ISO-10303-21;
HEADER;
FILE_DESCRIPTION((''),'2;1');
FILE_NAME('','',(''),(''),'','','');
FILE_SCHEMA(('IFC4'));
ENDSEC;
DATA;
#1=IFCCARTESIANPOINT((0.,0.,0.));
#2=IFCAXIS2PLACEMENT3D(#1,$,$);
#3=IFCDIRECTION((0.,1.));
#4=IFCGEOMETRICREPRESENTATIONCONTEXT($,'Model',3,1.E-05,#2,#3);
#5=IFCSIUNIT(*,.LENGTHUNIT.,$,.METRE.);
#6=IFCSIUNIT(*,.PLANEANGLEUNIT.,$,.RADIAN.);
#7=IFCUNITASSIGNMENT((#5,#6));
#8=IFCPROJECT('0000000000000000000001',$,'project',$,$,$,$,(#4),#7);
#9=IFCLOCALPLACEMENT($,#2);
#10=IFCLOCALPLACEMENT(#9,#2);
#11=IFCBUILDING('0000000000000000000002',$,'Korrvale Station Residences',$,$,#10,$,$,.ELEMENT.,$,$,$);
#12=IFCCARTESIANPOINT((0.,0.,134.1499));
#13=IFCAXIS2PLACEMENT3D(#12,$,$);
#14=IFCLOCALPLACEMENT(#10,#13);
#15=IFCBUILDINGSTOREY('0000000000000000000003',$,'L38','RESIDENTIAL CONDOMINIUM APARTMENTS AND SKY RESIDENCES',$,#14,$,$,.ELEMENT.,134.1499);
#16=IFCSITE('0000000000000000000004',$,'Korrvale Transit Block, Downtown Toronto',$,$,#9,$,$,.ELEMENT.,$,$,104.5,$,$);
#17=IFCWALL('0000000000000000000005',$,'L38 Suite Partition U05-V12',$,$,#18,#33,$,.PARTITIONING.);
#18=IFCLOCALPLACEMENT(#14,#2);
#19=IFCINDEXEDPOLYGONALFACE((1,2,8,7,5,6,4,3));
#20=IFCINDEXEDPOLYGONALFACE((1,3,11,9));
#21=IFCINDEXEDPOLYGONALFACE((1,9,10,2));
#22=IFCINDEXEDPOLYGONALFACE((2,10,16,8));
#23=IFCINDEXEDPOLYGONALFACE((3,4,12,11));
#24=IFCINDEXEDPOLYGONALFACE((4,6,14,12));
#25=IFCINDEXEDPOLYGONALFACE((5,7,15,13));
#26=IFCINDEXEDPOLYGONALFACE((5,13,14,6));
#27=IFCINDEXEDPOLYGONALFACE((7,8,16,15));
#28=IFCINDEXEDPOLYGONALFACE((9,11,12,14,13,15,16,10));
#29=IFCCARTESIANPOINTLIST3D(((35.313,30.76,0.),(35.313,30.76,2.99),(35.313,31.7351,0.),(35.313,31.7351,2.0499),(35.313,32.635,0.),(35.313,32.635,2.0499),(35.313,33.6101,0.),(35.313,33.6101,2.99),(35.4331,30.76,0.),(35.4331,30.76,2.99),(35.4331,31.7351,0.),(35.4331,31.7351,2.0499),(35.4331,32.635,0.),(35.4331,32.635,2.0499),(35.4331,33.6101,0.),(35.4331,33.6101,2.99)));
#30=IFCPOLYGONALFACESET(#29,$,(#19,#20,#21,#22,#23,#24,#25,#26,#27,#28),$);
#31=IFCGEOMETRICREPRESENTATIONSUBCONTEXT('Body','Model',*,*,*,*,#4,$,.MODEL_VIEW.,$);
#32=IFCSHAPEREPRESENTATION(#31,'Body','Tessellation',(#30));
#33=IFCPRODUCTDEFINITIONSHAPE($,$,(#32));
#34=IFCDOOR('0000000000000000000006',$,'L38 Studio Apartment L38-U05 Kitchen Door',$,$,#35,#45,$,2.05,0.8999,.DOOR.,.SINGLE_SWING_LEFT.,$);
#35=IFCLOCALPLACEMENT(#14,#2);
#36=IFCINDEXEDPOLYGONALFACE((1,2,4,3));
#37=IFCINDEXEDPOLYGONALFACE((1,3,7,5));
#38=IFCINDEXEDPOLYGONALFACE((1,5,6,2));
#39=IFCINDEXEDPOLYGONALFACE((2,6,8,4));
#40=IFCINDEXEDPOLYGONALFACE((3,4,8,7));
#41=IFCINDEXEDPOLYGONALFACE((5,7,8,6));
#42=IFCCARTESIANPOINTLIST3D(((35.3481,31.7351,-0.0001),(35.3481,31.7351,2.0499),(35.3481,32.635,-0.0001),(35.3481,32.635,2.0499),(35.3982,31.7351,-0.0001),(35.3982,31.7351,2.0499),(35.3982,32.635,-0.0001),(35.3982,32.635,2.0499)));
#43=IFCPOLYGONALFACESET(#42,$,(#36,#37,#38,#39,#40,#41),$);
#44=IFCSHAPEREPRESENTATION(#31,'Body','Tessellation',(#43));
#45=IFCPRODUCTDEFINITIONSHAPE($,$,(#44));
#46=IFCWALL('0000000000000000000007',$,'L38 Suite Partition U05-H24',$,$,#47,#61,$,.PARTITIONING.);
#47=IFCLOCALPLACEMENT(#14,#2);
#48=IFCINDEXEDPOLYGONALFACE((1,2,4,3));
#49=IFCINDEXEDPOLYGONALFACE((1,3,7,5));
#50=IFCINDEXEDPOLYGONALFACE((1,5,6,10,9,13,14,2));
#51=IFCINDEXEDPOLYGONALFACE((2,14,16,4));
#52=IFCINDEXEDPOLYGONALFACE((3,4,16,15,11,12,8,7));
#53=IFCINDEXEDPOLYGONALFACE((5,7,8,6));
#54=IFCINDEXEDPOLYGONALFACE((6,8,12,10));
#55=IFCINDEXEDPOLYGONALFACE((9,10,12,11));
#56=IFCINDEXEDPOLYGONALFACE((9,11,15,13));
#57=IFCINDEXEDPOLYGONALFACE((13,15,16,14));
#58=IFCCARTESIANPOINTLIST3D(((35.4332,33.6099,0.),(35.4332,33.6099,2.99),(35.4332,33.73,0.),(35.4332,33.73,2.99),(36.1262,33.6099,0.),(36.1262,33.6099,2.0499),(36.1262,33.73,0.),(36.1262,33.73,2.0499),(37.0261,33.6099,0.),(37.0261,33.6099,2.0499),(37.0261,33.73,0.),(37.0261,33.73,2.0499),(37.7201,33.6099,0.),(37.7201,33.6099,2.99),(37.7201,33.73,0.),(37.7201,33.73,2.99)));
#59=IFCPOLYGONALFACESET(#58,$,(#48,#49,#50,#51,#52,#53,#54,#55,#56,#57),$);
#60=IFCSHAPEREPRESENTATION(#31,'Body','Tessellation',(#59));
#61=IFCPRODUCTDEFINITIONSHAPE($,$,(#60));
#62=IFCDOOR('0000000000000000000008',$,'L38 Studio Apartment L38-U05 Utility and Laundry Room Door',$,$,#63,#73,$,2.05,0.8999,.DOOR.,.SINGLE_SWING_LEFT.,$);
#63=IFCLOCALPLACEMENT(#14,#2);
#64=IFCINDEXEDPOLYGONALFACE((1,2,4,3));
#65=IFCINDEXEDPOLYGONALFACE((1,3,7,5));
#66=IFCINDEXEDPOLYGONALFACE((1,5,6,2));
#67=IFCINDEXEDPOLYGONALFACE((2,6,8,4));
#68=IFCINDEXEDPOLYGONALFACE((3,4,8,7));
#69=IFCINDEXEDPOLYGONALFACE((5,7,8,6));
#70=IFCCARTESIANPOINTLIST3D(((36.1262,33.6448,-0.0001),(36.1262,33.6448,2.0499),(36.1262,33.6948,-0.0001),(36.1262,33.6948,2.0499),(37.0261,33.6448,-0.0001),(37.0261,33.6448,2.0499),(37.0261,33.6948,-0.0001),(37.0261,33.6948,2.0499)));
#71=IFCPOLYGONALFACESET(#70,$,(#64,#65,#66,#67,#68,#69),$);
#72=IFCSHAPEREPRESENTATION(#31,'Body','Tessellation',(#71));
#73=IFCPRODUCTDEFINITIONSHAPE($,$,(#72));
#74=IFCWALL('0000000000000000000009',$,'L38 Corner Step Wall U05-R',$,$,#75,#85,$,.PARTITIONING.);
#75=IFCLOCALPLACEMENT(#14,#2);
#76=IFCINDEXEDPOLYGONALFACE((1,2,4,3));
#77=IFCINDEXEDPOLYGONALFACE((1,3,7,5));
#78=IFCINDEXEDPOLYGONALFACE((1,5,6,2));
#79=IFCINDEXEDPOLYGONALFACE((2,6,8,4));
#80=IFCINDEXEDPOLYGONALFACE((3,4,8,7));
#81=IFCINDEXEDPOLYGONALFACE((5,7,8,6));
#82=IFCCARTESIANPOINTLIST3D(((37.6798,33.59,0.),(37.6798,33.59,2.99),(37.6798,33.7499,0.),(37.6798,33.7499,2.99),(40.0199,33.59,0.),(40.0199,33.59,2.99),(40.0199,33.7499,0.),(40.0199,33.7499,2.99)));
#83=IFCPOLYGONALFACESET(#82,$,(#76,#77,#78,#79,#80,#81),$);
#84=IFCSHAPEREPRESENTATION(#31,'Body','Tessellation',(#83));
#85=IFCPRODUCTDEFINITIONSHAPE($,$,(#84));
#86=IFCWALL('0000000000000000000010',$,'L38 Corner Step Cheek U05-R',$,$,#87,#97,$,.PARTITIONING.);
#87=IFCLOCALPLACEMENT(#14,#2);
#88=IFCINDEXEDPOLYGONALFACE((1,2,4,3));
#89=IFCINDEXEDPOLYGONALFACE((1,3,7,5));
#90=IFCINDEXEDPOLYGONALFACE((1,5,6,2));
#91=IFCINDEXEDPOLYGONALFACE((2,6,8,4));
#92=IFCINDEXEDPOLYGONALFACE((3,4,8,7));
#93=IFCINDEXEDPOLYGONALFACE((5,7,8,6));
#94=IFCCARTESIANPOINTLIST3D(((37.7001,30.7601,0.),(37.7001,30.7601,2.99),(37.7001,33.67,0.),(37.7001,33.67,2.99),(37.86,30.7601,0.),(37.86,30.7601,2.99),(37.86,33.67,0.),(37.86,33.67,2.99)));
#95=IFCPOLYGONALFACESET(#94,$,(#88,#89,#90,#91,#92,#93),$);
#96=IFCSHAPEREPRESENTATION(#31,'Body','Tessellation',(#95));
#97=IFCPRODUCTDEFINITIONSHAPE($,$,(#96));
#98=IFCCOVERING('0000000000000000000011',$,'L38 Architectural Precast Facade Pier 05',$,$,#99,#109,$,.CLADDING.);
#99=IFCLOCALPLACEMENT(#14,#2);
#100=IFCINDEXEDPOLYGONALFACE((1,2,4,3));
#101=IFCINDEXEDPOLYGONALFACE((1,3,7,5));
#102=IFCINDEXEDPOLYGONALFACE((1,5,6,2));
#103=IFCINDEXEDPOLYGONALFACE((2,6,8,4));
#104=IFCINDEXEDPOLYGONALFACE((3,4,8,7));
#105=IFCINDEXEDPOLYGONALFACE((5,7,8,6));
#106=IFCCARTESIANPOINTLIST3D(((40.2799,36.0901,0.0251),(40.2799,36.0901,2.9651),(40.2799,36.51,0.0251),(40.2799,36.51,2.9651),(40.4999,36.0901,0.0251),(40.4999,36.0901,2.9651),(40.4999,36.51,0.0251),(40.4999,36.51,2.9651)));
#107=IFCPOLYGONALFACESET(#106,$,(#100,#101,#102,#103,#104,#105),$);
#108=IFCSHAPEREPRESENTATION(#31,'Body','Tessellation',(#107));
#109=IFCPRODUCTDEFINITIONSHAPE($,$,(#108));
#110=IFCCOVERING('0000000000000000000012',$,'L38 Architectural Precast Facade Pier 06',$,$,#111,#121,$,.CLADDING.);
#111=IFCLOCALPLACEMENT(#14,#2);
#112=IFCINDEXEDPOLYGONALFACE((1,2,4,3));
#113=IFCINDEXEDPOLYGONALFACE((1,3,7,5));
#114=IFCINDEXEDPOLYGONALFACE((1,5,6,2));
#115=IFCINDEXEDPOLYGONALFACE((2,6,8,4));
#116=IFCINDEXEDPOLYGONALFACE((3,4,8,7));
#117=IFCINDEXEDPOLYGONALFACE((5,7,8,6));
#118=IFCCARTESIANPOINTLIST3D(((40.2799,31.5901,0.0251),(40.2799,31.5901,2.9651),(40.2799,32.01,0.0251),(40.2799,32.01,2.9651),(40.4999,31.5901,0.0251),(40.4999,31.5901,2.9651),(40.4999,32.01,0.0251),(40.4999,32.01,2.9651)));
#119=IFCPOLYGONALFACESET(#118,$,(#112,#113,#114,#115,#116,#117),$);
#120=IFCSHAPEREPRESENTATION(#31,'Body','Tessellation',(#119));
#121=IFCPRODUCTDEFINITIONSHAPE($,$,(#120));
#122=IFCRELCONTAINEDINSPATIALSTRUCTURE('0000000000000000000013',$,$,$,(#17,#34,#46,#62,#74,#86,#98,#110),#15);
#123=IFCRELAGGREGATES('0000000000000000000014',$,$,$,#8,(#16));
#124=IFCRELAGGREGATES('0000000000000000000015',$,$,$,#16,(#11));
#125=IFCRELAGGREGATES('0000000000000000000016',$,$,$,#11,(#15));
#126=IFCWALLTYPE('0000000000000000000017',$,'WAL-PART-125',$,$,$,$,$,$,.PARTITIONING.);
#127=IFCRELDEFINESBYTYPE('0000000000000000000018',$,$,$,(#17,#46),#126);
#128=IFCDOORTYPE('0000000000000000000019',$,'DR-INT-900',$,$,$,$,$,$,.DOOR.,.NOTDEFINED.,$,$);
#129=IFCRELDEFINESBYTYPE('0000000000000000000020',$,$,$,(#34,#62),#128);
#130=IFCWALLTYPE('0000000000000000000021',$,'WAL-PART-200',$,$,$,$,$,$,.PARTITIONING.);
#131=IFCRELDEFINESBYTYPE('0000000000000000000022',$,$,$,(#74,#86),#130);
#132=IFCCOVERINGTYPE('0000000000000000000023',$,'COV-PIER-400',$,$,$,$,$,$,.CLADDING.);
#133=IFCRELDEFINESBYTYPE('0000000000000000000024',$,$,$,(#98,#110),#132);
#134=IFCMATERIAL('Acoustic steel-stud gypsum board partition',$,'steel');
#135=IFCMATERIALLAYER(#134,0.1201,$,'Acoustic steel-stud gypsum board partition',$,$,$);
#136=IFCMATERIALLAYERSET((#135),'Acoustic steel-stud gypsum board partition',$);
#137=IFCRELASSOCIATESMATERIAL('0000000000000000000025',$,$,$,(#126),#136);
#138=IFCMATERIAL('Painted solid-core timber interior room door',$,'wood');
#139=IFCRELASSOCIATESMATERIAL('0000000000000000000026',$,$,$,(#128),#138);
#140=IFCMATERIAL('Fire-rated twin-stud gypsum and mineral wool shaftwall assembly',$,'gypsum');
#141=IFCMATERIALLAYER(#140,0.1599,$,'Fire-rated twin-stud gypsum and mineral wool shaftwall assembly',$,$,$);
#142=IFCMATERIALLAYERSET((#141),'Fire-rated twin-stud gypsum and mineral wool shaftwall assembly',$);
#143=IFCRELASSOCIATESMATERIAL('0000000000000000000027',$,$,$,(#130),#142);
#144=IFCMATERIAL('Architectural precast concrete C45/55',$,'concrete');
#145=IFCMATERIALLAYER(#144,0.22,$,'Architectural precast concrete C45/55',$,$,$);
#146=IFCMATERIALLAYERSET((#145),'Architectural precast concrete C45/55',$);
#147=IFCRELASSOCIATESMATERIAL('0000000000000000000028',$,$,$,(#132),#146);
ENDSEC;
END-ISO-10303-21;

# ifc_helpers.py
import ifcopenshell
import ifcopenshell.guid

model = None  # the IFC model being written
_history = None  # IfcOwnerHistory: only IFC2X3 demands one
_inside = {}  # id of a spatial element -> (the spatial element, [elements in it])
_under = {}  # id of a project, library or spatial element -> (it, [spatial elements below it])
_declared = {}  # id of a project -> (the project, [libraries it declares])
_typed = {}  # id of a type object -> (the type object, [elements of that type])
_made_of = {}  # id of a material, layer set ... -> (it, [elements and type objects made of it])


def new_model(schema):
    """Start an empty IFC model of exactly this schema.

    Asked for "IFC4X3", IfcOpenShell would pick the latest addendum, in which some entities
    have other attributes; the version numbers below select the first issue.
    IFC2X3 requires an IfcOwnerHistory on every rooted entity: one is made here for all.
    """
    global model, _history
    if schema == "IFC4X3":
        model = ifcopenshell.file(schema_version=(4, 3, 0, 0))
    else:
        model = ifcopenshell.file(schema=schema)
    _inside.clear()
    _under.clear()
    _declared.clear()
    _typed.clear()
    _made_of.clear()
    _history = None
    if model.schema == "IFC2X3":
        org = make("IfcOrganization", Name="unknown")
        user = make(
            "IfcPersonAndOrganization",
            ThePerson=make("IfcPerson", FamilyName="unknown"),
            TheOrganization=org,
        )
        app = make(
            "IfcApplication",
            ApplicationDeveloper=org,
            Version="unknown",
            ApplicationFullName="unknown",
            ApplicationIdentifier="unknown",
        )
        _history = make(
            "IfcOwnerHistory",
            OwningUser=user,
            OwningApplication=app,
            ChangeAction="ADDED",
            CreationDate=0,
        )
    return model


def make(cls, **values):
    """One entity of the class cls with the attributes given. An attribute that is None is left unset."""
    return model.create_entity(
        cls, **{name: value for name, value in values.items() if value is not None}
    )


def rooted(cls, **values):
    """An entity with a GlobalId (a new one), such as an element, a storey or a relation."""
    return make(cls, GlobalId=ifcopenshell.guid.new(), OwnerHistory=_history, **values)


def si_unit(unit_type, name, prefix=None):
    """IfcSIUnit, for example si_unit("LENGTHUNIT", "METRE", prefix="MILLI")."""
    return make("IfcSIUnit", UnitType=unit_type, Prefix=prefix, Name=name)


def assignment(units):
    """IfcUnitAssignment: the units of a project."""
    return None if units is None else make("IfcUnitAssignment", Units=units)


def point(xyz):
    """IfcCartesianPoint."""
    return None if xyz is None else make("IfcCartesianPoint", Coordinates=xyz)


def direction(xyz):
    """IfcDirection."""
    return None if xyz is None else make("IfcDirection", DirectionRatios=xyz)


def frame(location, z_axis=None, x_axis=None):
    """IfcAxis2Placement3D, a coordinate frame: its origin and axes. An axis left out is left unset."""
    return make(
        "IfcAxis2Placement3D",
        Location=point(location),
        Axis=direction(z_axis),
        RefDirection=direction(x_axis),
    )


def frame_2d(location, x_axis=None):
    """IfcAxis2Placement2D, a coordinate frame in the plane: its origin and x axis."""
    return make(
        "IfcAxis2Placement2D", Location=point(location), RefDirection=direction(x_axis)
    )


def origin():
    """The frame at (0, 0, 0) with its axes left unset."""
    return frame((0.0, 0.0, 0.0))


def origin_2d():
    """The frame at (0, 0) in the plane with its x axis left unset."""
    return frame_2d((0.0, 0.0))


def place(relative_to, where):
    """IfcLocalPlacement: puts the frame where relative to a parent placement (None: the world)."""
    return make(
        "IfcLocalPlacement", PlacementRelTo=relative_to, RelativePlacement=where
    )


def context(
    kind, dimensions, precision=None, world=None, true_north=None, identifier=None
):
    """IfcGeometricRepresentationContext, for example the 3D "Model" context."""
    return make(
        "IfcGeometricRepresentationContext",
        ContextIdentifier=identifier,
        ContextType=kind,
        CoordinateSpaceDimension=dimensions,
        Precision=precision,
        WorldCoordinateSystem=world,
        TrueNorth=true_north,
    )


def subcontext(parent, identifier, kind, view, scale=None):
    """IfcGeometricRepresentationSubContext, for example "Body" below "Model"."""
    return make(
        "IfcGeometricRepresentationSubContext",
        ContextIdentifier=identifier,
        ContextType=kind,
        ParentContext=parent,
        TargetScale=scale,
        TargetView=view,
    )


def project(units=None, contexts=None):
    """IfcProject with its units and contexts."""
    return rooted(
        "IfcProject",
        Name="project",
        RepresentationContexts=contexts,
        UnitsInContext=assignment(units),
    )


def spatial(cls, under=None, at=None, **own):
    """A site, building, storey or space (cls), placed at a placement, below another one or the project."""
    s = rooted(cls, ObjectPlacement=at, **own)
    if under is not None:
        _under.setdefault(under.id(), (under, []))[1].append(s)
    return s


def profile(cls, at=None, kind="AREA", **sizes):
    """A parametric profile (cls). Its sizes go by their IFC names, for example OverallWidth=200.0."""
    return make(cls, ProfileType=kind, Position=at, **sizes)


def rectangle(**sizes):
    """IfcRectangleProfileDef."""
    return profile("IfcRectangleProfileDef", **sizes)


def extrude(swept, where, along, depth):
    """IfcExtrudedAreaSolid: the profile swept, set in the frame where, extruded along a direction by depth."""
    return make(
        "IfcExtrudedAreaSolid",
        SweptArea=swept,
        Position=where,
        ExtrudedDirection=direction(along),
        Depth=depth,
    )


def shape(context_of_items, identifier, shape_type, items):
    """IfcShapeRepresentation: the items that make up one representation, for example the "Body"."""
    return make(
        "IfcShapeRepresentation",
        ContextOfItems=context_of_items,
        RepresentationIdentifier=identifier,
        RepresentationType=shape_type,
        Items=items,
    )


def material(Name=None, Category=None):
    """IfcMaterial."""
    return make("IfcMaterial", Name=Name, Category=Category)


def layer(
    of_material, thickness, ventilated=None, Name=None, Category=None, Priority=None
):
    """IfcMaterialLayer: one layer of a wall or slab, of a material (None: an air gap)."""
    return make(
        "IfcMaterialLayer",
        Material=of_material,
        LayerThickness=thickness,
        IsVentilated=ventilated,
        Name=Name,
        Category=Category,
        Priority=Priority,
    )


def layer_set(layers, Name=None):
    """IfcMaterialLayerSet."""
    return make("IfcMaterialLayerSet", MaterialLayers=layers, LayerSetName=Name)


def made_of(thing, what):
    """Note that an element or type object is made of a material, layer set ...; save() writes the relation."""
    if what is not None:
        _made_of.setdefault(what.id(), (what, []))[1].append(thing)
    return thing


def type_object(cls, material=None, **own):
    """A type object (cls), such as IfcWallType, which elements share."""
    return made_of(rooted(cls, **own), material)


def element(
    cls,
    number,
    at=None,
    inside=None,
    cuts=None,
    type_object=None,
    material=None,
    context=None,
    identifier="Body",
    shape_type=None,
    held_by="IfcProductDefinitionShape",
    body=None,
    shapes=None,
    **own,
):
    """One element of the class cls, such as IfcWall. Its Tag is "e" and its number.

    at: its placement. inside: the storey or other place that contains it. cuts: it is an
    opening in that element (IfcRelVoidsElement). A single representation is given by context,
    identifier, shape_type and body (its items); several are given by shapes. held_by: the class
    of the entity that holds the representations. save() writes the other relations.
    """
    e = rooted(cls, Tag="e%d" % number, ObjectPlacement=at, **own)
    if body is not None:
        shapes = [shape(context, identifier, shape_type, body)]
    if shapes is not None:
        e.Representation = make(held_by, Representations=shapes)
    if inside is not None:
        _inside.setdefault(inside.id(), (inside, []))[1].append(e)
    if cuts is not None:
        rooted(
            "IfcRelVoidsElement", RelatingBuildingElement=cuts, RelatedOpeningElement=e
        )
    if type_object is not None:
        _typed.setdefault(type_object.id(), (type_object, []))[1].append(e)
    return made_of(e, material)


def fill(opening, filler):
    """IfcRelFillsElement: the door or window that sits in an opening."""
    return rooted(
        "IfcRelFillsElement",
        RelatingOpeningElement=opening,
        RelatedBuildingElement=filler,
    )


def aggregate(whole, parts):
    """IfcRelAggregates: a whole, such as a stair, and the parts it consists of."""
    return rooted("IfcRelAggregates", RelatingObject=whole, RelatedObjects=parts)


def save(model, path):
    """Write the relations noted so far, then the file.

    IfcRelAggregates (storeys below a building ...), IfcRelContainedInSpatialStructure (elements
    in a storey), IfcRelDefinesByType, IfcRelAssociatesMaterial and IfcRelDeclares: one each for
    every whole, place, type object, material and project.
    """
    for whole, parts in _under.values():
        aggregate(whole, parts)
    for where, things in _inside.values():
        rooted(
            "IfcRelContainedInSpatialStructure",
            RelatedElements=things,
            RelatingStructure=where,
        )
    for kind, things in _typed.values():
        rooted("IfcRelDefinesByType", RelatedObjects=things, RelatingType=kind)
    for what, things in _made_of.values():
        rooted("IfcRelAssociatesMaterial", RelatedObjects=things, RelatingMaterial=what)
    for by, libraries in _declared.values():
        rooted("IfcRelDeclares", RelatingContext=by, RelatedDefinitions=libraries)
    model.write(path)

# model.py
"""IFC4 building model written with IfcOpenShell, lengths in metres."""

from ifc_helpers import new_model, si_unit, direction, frame, frame_2d, origin, origin_2d, place, context, subcontext, project, spatial, rectangle, extrude, material, layer, layer_set, type_object, element, fill, save


model = new_model("IFC4")

# Units and contexts
model_context = context("Model", 3, precision=1e-05, world=origin(), true_north=direction((0.0, 1.0)))
body_context = subcontext(model_context, "Body", "Model", "MODEL_VIEW")
ifc_project = project(units=[si_unit("LENGTHUNIT", "METRE"), si_unit("PLANEANGLEUNIT", "RADIAN")], contexts=[model_context])

# Site, building, storey
site_placement = place(None, origin())
site = spatial("IfcSite", under=ifc_project, at=site_placement, Name="Korrvale Transit Block, Downtown Toronto", CompositionType="ELEMENT", RefElevation=104.5)
building_placement = place(site_placement, origin())
building = spatial("IfcBuilding", under=site, at=building_placement, Name="Korrvale Station Residences", CompositionType="ELEMENT")
storey_placement = place(building_placement, frame((0.0, 0.0, 134.1499)))
storey = spatial("IfcBuildingStorey", under=building, at=storey_placement, Name="L38", Description="RESIDENTIAL CONDOMINIUM APARTMENTS AND SKY RESIDENCES", CompositionType="ELEMENT", Elevation=134.1499)

# Walls, openings, doors
ifc_material_1 = material(Name="Acoustic steel-stud gypsum board partition", Category="steel")
ifc_layer_1 = layer(ifc_material_1, 0.1201, Name="Acoustic steel-stud gypsum board partition")
ifc_layer_set_1 = layer_set([ifc_layer_1], Name="Acoustic steel-stud gypsum board partition")
wall_type_1 = type_object("IfcWallType", Name="WAL-PART-125", PredefinedType="PARTITIONING", material=ifc_layer_set_1)
wall_1_placement = place(storey_placement, frame((35.373, 30.76, 0.0), z_axis=(0.0, 0.0, 1.0), x_axis=(0.0, 1.0, 0.0)))
wall_1 = element("IfcWall", 1, at=wall_1_placement, inside=storey, type_object=wall_type_1, Name="L38 Suite Partition U05-V12", PredefinedType="PARTITIONING", context=body_context, shape_type="SweptSolid", body=[
    extrude(rectangle(XDim=2.8501, YDim=0.1201, at=frame_2d((1.425, 0.0))), origin(), (0.0, 0.0, 1.0), 2.99),
])
opening_1_placement = place(wall_1_placement, frame((0.9751, 0.0, 0.0)))
opening_1 = element("IfcOpeningElement", 2, at=opening_1_placement, cuts=wall_1, PredefinedType="OPENING", context=body_context, shape_type="SweptSolid", body=[
    extrude(rectangle(XDim=0.8999, YDim=2.05, at=frame_2d((0.45, 1.0249))), frame((0.0, 0.0701, 0.0), z_axis=(0.0, -1.0, 0.0), x_axis=(1.0, 0.0, 0.0)), (0.0, 0.0, 1.0), 0.1401),
])
ifc_material_2 = material(Name="Painted solid-core timber interior room door", Category="wood")
door_type = type_object("IfcDoorType", Name="DR-INT-900", OperationType="NOTDEFINED", PredefinedType="DOOR", material=ifc_material_2)
door_1_placement = place(opening_1_placement, origin())
door_1 = element("IfcDoor", 3, at=door_1_placement, inside=storey, type_object=door_type, Name="L38 Studio Apartment L38-U05 Kitchen Door", OperationType="SINGLE_SWING_LEFT", OverallHeight=2.05, OverallWidth=0.8999, PredefinedType="DOOR", context=body_context, shape_type="SweptSolid", body=[
    extrude(rectangle(XDim=0.8999, YDim=2.05, at=frame_2d((0.45, 1.0249))), frame((0.0, 0.0249, 0.0), z_axis=(0.0, -1.0, 0.0), x_axis=(1.0, 0.0, 0.0)), (0.0, 0.0, 1.0), 0.05),
])
fill(opening_1, door_1)
wall_2_placement = place(storey_placement, frame((35.4331, 33.6699, 0.0), z_axis=(0.0, 0.0, 1.0), x_axis=(1.0, 0.0, 0.0)))
wall_2 = element("IfcWall", 4, at=wall_2_placement, inside=storey, type_object=wall_type_1, Name="L38 Suite Partition U05-H24", PredefinedType="PARTITIONING", context=body_context, shape_type="SweptSolid", body=[
    extrude(rectangle(XDim=2.2869, YDim=0.1201, at=frame_2d((1.1436, 0.0))), origin(), (0.0, 0.0, 1.0), 2.99),
])
opening_2_placement = place(wall_2_placement, frame((0.6931, 0.0, 0.0)))
opening_2 = element("IfcOpeningElement", 5, at=opening_2_placement, cuts=wall_2, PredefinedType="OPENING", context=body_context, shape_type="SweptSolid", body=[
    extrude(rectangle(XDim=0.8999, YDim=2.05, at=frame_2d((0.45, 1.0249))), frame((0.0, 0.0701, 0.0), z_axis=(0.0, -1.0, 0.0), x_axis=(1.0, 0.0, 0.0)), (0.0, 0.0, 1.0), 0.1401),
])
door_2_placement = place(opening_2_placement, origin())
door_2 = element("IfcDoor", 6, at=door_2_placement, inside=storey, type_object=door_type, Name="L38 Studio Apartment L38-U05 Utility and Laundry Room Door", OperationType="SINGLE_SWING_LEFT", OverallHeight=2.05, OverallWidth=0.8999, PredefinedType="DOOR", context=body_context, shape_type="SweptSolid", body=[
    extrude(rectangle(XDim=0.8999, YDim=2.05, at=frame_2d((0.45, 1.0249))), frame((0.0, 0.0249, 0.0), z_axis=(0.0, -1.0, 0.0), x_axis=(1.0, 0.0, 0.0)), (0.0, 0.0, 1.0), 0.05),
])
fill(opening_2, door_2)

# Walls
ifc_material_3 = material(Name="Fire-rated twin-stud gypsum and mineral wool shaftwall assembly", Category="gypsum")
ifc_layer_2 = layer(ifc_material_3, 0.1599, Name="Fire-rated twin-stud gypsum and mineral wool shaftwall assembly")
ifc_layer_set_2 = layer_set([ifc_layer_2], Name="Fire-rated twin-stud gypsum and mineral wool shaftwall assembly")
wall_type_2 = type_object("IfcWallType", Name="WAL-PART-200", PredefinedType="PARTITIONING", material=ifc_layer_set_2)
wall_3_placement = place(storey_placement, frame((37.6799, 33.6699, 0.0), z_axis=(0.0, 0.0, 1.0), x_axis=(1.0, 0.0, 0.0)))
element("IfcWall", 7, at=wall_3_placement, inside=storey, type_object=wall_type_2, Name="L38 Corner Step Wall U05-R", PredefinedType="PARTITIONING", context=body_context, shape_type="SweptSolid", body=[
    extrude(rectangle(XDim=2.3401, YDim=0.1599, at=frame_2d((1.1699, 0.0))), origin(), (0.0, 0.0, 1.0), 2.99),
])
wall_4_placement = place(storey_placement, frame((37.78, 30.76, 0.0), z_axis=(0.0, 0.0, 1.0), x_axis=(0.0, 1.0, 0.0)))
element("IfcWall", 8, at=wall_4_placement, inside=storey, type_object=wall_type_2, Name="L38 Corner Step Cheek U05-R", PredefinedType="PARTITIONING", context=body_context, shape_type="SweptSolid", body=[
    extrude(rectangle(XDim=2.9099, YDim=0.1599, at=frame_2d((1.4551, 0.0))), origin(), (0.0, 0.0, 1.0), 2.99),
])

# Coverings
ifc_material_4 = material(Name="Architectural precast concrete C45/55", Category="concrete")
ifc_layer_3 = layer(ifc_material_4, 0.22, Name="Architectural precast concrete C45/55")
ifc_layer_set_3 = layer_set([ifc_layer_3], Name="Architectural precast concrete C45/55")
covering_type = type_object("IfcCoveringType", Name="COV-PIER-400", PredefinedType="CLADDING", material=ifc_layer_set_3)
for number, where, z_axis, x_axis, name in (
    (9, (40.3899, 36.3, 0.0251), (0.0, 0.0, 1.0), (0.0, 1.0, 0.0), "L38 Architectural Precast Facade Pier 05"),
    (10, (40.3899, 31.8, 0.0251), (0.0, 0.0, 1.0), (0.0, 1.0, 0.0), "L38 Architectural Precast Facade Pier 06"),
):
    element("IfcCovering", number, at=place(storey_placement, frame(where, z_axis=z_axis, x_axis=x_axis)), inside=storey, type_object=covering_type, Name=name, PredefinedType="CLADDING", context=body_context, shape_type="SweptSolid", body=[
        extrude(rectangle(XDim=0.4199, YDim=0.22, at=origin_2d()), origin(), (0.0, 0.0, 1.0), 2.9399),
    ])

save(model, "model.ifc")
